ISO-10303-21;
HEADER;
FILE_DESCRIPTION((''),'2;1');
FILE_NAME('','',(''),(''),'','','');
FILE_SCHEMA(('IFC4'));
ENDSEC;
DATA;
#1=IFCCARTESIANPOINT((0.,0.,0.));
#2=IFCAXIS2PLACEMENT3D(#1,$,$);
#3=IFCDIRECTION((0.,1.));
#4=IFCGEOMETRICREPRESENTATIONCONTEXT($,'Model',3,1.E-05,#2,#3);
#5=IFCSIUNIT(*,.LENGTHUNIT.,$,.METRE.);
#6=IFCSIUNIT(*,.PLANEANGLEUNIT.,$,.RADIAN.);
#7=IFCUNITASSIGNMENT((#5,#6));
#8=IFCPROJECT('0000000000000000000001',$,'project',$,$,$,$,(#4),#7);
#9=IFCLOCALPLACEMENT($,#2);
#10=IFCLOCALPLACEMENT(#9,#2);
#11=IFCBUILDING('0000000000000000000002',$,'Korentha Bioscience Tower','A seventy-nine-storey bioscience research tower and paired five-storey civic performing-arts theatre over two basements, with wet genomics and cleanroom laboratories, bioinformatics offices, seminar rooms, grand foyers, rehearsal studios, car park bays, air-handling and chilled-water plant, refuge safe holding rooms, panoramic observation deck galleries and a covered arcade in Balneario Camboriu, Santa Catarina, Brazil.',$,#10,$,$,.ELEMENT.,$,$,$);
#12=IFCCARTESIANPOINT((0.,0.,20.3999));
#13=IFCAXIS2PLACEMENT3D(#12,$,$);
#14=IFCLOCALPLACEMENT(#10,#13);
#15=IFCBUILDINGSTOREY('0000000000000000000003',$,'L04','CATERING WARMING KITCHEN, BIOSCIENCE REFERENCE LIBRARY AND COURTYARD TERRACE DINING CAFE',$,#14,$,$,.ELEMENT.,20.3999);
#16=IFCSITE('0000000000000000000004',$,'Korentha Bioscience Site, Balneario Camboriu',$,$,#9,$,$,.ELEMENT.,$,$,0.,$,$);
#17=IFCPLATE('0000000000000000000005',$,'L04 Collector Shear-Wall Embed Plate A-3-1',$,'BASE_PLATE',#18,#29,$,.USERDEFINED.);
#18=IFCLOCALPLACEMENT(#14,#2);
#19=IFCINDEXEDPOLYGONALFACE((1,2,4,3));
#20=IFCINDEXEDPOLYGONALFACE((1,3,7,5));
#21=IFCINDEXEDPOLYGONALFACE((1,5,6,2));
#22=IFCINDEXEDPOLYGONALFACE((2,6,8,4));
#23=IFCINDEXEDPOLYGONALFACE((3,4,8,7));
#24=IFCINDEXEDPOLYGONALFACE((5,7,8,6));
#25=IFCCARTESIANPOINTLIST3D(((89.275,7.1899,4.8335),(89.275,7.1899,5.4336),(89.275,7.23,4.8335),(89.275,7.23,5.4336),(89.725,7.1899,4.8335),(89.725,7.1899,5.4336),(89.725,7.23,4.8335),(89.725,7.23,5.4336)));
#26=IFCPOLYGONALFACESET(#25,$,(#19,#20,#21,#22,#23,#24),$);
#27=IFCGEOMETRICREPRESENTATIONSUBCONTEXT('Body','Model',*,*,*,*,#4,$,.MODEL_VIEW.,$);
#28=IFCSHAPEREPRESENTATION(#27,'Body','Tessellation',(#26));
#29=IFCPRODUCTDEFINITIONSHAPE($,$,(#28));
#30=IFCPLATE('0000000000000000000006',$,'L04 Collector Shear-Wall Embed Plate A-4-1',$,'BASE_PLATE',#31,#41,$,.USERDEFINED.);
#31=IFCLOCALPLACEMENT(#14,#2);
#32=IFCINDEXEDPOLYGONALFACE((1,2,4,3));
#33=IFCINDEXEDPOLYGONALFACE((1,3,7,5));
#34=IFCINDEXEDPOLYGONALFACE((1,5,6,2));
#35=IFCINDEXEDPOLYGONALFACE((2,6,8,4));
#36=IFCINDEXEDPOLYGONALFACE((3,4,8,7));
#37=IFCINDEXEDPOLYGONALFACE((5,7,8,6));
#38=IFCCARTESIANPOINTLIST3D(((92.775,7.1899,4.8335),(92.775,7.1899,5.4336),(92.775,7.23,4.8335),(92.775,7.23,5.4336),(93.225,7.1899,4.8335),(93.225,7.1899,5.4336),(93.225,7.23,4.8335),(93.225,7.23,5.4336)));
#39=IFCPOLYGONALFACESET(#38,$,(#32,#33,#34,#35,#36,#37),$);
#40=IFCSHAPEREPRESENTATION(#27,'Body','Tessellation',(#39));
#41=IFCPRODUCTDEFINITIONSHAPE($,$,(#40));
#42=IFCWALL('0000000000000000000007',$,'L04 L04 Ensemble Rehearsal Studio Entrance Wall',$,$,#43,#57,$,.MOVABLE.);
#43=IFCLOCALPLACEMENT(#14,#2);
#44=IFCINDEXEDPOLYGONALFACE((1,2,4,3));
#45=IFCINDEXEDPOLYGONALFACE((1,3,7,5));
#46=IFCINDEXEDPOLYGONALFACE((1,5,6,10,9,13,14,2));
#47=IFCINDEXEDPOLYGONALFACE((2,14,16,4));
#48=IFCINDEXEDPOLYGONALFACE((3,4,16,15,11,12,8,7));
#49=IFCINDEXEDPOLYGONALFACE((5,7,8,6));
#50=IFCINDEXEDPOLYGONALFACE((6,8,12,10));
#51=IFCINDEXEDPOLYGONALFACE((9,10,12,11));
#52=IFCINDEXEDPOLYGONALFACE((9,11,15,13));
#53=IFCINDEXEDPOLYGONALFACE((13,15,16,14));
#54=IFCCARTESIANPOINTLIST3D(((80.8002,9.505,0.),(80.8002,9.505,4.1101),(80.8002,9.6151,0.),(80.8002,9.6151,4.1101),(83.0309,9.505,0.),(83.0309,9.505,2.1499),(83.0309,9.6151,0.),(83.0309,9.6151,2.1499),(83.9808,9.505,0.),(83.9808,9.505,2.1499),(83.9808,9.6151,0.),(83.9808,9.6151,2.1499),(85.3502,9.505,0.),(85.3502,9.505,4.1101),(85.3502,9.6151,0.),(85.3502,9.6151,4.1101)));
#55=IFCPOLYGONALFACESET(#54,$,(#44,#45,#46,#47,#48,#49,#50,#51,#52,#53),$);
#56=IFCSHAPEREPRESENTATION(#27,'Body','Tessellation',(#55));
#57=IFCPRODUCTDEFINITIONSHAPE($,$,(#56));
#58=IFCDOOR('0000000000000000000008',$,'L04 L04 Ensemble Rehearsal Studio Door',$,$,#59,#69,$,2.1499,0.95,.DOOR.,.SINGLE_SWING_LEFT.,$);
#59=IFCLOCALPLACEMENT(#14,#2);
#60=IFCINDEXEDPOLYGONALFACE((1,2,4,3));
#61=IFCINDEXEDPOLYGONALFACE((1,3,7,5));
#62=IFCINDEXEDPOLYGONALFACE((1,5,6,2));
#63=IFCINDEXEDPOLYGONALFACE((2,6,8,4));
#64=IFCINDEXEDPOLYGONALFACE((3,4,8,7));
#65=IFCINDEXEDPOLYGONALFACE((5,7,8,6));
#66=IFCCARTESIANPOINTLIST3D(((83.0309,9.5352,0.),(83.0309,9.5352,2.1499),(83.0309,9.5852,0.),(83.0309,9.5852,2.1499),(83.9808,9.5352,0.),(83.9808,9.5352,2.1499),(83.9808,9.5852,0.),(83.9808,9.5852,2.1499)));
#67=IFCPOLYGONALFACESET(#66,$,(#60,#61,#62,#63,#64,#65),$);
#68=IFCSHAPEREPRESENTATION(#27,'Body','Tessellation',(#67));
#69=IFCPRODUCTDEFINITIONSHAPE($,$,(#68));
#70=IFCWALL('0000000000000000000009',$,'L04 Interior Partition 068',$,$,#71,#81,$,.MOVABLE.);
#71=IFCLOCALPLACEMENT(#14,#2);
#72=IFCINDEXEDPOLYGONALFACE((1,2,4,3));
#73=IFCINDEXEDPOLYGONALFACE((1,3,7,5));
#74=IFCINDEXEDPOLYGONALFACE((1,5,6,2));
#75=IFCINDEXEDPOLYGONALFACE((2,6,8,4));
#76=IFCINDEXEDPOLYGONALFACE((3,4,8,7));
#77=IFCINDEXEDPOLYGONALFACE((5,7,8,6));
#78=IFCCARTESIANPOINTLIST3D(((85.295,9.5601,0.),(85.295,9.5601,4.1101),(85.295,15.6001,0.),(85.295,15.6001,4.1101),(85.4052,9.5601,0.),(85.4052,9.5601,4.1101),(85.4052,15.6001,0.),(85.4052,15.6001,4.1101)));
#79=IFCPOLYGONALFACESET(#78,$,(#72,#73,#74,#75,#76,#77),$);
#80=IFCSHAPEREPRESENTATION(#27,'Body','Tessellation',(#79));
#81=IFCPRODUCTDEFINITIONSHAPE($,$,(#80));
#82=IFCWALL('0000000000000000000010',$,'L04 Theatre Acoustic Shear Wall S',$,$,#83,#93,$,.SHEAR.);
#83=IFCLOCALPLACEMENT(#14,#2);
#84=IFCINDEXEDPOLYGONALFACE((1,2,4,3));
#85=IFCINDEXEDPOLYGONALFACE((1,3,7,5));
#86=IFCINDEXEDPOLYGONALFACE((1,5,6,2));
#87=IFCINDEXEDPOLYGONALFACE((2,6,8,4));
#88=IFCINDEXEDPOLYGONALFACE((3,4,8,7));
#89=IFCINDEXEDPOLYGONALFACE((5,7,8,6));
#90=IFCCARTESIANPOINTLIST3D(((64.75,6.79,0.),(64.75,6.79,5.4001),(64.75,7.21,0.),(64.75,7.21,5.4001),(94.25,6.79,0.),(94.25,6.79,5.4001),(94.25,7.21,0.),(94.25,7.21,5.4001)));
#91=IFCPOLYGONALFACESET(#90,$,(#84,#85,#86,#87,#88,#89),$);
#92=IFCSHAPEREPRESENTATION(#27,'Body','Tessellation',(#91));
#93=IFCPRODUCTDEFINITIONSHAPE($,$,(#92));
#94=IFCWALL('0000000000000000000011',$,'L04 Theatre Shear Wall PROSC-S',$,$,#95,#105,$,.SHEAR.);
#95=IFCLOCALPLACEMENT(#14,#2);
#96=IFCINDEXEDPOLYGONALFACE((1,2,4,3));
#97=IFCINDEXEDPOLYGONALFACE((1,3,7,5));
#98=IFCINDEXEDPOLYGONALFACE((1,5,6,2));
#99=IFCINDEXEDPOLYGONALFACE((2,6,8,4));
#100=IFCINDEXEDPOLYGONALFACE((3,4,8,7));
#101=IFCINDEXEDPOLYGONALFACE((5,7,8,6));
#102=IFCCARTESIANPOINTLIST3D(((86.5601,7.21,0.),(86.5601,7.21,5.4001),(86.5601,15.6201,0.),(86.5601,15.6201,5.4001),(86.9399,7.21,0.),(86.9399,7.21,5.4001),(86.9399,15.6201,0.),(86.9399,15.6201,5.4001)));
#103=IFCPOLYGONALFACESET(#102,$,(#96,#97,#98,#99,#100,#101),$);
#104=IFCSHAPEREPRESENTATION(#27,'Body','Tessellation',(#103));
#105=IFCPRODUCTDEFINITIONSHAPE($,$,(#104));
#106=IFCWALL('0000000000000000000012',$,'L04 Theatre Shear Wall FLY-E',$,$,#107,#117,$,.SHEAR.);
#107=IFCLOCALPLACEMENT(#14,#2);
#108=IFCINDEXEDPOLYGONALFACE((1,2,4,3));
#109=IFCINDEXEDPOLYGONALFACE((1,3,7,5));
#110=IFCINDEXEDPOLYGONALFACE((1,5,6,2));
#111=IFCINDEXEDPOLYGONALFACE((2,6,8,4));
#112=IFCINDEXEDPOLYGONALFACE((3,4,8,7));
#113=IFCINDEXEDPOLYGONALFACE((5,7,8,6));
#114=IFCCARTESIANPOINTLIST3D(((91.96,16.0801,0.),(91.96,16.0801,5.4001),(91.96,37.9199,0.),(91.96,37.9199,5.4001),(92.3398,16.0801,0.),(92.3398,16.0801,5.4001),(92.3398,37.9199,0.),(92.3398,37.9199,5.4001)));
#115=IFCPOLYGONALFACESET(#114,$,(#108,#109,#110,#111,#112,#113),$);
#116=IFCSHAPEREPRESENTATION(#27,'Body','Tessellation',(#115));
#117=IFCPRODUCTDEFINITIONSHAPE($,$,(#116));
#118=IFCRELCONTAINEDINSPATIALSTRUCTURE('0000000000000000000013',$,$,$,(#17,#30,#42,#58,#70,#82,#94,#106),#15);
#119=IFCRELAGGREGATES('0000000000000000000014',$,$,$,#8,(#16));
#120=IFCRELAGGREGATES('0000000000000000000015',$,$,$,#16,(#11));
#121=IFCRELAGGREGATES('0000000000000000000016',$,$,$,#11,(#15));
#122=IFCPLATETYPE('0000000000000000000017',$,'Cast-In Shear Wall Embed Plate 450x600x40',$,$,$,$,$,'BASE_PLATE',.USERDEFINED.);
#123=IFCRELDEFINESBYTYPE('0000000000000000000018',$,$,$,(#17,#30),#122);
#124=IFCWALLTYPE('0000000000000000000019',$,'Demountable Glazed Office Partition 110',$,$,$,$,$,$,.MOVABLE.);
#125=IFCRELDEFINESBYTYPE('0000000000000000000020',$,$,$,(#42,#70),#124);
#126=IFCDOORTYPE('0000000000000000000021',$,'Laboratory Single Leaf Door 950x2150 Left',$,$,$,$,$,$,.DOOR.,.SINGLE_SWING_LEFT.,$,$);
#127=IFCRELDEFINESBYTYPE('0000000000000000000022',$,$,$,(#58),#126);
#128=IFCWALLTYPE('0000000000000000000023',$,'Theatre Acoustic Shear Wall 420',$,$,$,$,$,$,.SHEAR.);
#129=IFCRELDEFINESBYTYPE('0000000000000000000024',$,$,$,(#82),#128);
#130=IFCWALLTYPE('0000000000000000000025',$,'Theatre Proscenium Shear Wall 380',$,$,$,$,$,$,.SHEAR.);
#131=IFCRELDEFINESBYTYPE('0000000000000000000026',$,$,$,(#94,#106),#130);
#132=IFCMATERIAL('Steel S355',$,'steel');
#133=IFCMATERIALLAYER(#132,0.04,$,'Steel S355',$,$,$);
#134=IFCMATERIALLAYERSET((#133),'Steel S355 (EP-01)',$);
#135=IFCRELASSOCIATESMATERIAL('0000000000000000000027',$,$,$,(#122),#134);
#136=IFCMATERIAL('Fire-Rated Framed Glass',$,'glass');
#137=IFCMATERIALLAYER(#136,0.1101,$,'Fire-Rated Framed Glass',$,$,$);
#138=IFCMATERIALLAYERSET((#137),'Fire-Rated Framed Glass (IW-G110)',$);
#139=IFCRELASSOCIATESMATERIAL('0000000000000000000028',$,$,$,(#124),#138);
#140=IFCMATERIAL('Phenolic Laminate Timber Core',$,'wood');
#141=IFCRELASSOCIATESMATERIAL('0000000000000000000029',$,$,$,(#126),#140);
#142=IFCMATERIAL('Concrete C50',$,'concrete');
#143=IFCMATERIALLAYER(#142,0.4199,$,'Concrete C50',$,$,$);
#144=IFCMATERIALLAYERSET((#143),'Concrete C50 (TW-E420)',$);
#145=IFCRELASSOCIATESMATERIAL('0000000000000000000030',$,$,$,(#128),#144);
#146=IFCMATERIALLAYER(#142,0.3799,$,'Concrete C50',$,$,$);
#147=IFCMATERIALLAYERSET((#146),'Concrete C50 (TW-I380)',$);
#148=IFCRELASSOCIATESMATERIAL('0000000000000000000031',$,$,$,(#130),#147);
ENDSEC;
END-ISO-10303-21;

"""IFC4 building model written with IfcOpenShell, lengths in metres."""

from ifc_helpers import new_model, si_unit, direction, frame, frame_2d, origin, origin_2d, place, context, subcontext, project, spatial, rectangle, extrude, material, layer, layer_set, type_object, element, fill, save


model = new_model("IFC4")

# Units and contexts
model_context = context("Model", 3, precision=1e-05, world=origin(), true_north=direction((0.0, 1.0)))
body_context = subcontext(model_context, "Body", "Model", "MODEL_VIEW")
ifc_project = project(units=[si_unit("LENGTHUNIT", "METRE"), si_unit("PLANEANGLEUNIT", "RADIAN")], contexts=[model_context])

# Site, building, storey
site_placement = place(None, origin())
site = spatial("IfcSite", under=ifc_project, at=site_placement, Name="Korentha Bioscience Site, Balneario Camboriu", CompositionType="ELEMENT", RefElevation=0.0)
building_placement = place(site_placement, origin())
building = spatial("IfcBuilding", under=site, at=building_placement, Name="Korentha Bioscience Tower", Description="A seventy-nine-storey bioscience research tower and paired five-storey civic performing-arts theatre over two basements, with wet genomics and cleanroom laboratories, bioinformatics offices, seminar rooms, grand foyers, rehearsal studios, car park bays, air-handling and chilled-water plant, refuge safe holding rooms, panoramic observation deck galleries and a covered arcade in Balneario Camboriu, Santa Catarina, Brazil.", CompositionType="ELEMENT")
storey_placement = place(building_placement, frame((0.0, 0.0, 20.3999)))
storey = spatial("IfcBuildingStorey", under=building, at=storey_placement, Name="L04", Description="CATERING WARMING KITCHEN, BIOSCIENCE REFERENCE LIBRARY AND COURTYARD TERRACE DINING CAFE", CompositionType="ELEMENT", Elevation=20.3999)

# Shared definitions
ifc_material_1 = material(Name="Concrete C50", Category="concrete")

# Shared definitions
ifc_material_2 = material(Name="Steel S355", Category="steel")

# Plates
ifc_layer_1 = layer(ifc_material_2, 0.04, Name="Steel S355")
ifc_layer_set_1 = layer_set([ifc_layer_1], Name="Steel S355 (EP-01)")
plate_type = type_object("IfcPlateType", Name="Cast-In Shear Wall Embed Plate 450x600x40", ElementType="BASE_PLATE", PredefinedType="USERDEFINED", material=ifc_layer_set_1)
for number, where, z_axis, x_axis, name in (
    (1, (89.5, 7.21, 4.8335), (0.0, 0.0, 1.0), (1.0, 0.0, 0.0), "L04 Collector Shear-Wall Embed Plate A-3-1"),
    (2, (93.0, 7.21, 4.8335), (0.0, 0.0, 1.0), (1.0, 0.0, 0.0), "L04 Collector Shear-Wall Embed Plate A-4-1"),
):
    element("IfcPlate", number, at=place(storey_placement, frame(where, z_axis=z_axis, x_axis=x_axis)), inside=storey, type_object=plate_type, Name=name, ObjectType="BASE_PLATE", PredefinedType="USERDEFINED", context=body_context, shape_type="SweptSolid", body=[
        extrude(rectangle(XDim=0.45, YDim=0.04, at=origin_2d()), origin(), (0.0, 0.0, 1.0), 0.6001),
    ])

# Wall, opening, door
ifc_material_3 = material(Name="Fire-Rated Framed Glass", Category="glass")
ifc_layer_2 = layer(ifc_material_3, 0.1101, Name="Fire-Rated Framed Glass")
ifc_layer_set_2 = layer_set([ifc_layer_2], Name="Fire-Rated Framed Glass (IW-G110)")
wall_type_1 = type_object("IfcWallType", Name="Demountable Glazed Office Partition 110", PredefinedType="MOVABLE", material=ifc_layer_set_2)
wall_1_placement = place(storey_placement, frame((85.3501, 9.5601, 0.0), z_axis=(0.0, 0.0, 1.0), x_axis=(-1.0, 0.0, 0.0)))
wall_1 = element("IfcWall", 3, at=wall_1_placement, inside=storey, type_object=wall_type_1, Name="L04 L04 Ensemble Rehearsal Studio Entrance Wall", PredefinedType="MOVABLE", context=body_context, shape_type="SweptSolid", body=[
    extrude(rectangle(XDim=4.55, YDim=0.1101, at=frame_2d((2.2749, 0.0))), origin(), (0.0, 0.0, 1.0), 4.1101),
])
opening_placement = place(wall_1_placement, frame((1.3691, 0.0, 0.0)))
opening = element("IfcOpeningElement", 4, at=opening_placement, cuts=wall_1, PredefinedType="OPENING", context=body_context, shape_type="SweptSolid", body=[
    extrude(rectangle(XDim=0.95, YDim=2.1499, at=frame_2d((0.4751, 1.075))), frame((0.0, 0.0698, 0.0), z_axis=(0.0, -1.0, 0.0), x_axis=(1.0, 0.0, 0.0)), (0.0, 0.0, 1.0), 0.1399),
])
ifc_material_4 = material(Name="Phenolic Laminate Timber Core", Category="wood")
door_type = type_object("IfcDoorType", Name="Laboratory Single Leaf Door 950x2150 Left", OperationType="SINGLE_SWING_LEFT", PredefinedType="DOOR", material=ifc_material_4)
door_placement = place(opening_placement, origin())
door = element("IfcDoor", 5, at=door_placement, inside=storey, type_object=door_type, Name="L04 L04 Ensemble Rehearsal Studio Door", OperationType="SINGLE_SWING_LEFT", OverallHeight=2.1499, OverallWidth=0.95, PredefinedType="DOOR", context=body_context, shape_type="SweptSolid", body=[
    extrude(rectangle(XDim=0.95, YDim=2.1499, at=frame_2d((0.4751, 1.075))), frame((0.0, 0.0249, 0.0), z_axis=(0.0, -1.0, 0.0), x_axis=(1.0, 0.0, 0.0)), (0.0, 0.0, 1.0), 0.05),
])
fill(opening, door)

# Walls
wall_2_placement = place(storey_placement, frame((85.3501, 15.6001, 0.0), z_axis=(0.0, 0.0, 1.0), x_axis=(0.0, -1.0, 0.0)))
element("IfcWall", 6, at=wall_2_placement, inside=storey, type_object=wall_type_1, Name="L04 Interior Partition 068", PredefinedType="MOVABLE", context=body_context, shape_type="SweptSolid", body=[
    extrude(rectangle(XDim=6.04, YDim=0.1101, at=frame_2d((3.02, 0.0))), origin(), (0.0, 0.0, 1.0), 4.1101),
])
ifc_layer_3 = layer(ifc_material_1, 0.4199, Name="Concrete C50")
ifc_layer_set_3 = layer_set([ifc_layer_3], Name="Concrete C50 (TW-E420)")
wall_type_2 = type_object("IfcWallType", Name="Theatre Acoustic Shear Wall 420", PredefinedType="SHEAR", material=ifc_layer_set_3)
wall_3_placement = place(storey_placement, frame((94.25, 7.0, 0.0), z_axis=(0.0, 0.0, 1.0), x_axis=(-1.0, 0.0, 0.0)))
element("IfcWall", 7, at=wall_3_placement, inside=storey, type_object=wall_type_2, Name="L04 Theatre Acoustic Shear Wall S", PredefinedType="SHEAR", context=body_context, shape_type="SweptSolid", body=[
    extrude(rectangle(XDim=29.5, YDim=0.4199, at=frame_2d((14.75, 0.0))), origin(), (0.0, 0.0, 1.0), 5.4001),
])
ifc_layer_4 = layer(ifc_material_1, 0.3799, Name="Concrete C50")
ifc_layer_set_4 = layer_set([ifc_layer_4], Name="Concrete C50 (TW-I380)")
wall_type_3 = type_object("IfcWallType", Name="Theatre Proscenium Shear Wall 380", PredefinedType="SHEAR", material=ifc_layer_set_4)
wall_4_placement = place(storey_placement, frame((86.75, 7.21, 0.0), z_axis=(0.0, 0.0, 1.0), x_axis=(0.0, 1.0, 0.0)))
element("IfcWall", 8, at=wall_4_placement, inside=storey, type_object=wall_type_3, Name="L04 Theatre Shear Wall PROSC-S", PredefinedType="SHEAR", context=body_context, shape_type="SweptSolid", body=[
    extrude(rectangle(XDim=8.4102, YDim=0.3799, at=frame_2d((4.2051, 0.0))), origin(), (0.0, 0.0, 1.0), 5.4001),
])
wall_5_placement = place(storey_placement, frame((92.1499, 16.0801, 0.0), z_axis=(0.0, 0.0, 1.0), x_axis=(0.0, 1.0, 0.0)))
element("IfcWall", 9, at=wall_5_placement, inside=storey, type_object=wall_type_3, Name="L04 Theatre Shear Wall FLY-E", PredefinedType="SHEAR", context=body_context, shape_type="SweptSolid", body=[
    extrude(rectangle(XDim=21.8398, YDim=0.3799, at=frame_2d((10.9199, 0.0))), origin(), (0.0, 0.0, 1.0), 5.4001),
])

save(model, "model.ifc")
